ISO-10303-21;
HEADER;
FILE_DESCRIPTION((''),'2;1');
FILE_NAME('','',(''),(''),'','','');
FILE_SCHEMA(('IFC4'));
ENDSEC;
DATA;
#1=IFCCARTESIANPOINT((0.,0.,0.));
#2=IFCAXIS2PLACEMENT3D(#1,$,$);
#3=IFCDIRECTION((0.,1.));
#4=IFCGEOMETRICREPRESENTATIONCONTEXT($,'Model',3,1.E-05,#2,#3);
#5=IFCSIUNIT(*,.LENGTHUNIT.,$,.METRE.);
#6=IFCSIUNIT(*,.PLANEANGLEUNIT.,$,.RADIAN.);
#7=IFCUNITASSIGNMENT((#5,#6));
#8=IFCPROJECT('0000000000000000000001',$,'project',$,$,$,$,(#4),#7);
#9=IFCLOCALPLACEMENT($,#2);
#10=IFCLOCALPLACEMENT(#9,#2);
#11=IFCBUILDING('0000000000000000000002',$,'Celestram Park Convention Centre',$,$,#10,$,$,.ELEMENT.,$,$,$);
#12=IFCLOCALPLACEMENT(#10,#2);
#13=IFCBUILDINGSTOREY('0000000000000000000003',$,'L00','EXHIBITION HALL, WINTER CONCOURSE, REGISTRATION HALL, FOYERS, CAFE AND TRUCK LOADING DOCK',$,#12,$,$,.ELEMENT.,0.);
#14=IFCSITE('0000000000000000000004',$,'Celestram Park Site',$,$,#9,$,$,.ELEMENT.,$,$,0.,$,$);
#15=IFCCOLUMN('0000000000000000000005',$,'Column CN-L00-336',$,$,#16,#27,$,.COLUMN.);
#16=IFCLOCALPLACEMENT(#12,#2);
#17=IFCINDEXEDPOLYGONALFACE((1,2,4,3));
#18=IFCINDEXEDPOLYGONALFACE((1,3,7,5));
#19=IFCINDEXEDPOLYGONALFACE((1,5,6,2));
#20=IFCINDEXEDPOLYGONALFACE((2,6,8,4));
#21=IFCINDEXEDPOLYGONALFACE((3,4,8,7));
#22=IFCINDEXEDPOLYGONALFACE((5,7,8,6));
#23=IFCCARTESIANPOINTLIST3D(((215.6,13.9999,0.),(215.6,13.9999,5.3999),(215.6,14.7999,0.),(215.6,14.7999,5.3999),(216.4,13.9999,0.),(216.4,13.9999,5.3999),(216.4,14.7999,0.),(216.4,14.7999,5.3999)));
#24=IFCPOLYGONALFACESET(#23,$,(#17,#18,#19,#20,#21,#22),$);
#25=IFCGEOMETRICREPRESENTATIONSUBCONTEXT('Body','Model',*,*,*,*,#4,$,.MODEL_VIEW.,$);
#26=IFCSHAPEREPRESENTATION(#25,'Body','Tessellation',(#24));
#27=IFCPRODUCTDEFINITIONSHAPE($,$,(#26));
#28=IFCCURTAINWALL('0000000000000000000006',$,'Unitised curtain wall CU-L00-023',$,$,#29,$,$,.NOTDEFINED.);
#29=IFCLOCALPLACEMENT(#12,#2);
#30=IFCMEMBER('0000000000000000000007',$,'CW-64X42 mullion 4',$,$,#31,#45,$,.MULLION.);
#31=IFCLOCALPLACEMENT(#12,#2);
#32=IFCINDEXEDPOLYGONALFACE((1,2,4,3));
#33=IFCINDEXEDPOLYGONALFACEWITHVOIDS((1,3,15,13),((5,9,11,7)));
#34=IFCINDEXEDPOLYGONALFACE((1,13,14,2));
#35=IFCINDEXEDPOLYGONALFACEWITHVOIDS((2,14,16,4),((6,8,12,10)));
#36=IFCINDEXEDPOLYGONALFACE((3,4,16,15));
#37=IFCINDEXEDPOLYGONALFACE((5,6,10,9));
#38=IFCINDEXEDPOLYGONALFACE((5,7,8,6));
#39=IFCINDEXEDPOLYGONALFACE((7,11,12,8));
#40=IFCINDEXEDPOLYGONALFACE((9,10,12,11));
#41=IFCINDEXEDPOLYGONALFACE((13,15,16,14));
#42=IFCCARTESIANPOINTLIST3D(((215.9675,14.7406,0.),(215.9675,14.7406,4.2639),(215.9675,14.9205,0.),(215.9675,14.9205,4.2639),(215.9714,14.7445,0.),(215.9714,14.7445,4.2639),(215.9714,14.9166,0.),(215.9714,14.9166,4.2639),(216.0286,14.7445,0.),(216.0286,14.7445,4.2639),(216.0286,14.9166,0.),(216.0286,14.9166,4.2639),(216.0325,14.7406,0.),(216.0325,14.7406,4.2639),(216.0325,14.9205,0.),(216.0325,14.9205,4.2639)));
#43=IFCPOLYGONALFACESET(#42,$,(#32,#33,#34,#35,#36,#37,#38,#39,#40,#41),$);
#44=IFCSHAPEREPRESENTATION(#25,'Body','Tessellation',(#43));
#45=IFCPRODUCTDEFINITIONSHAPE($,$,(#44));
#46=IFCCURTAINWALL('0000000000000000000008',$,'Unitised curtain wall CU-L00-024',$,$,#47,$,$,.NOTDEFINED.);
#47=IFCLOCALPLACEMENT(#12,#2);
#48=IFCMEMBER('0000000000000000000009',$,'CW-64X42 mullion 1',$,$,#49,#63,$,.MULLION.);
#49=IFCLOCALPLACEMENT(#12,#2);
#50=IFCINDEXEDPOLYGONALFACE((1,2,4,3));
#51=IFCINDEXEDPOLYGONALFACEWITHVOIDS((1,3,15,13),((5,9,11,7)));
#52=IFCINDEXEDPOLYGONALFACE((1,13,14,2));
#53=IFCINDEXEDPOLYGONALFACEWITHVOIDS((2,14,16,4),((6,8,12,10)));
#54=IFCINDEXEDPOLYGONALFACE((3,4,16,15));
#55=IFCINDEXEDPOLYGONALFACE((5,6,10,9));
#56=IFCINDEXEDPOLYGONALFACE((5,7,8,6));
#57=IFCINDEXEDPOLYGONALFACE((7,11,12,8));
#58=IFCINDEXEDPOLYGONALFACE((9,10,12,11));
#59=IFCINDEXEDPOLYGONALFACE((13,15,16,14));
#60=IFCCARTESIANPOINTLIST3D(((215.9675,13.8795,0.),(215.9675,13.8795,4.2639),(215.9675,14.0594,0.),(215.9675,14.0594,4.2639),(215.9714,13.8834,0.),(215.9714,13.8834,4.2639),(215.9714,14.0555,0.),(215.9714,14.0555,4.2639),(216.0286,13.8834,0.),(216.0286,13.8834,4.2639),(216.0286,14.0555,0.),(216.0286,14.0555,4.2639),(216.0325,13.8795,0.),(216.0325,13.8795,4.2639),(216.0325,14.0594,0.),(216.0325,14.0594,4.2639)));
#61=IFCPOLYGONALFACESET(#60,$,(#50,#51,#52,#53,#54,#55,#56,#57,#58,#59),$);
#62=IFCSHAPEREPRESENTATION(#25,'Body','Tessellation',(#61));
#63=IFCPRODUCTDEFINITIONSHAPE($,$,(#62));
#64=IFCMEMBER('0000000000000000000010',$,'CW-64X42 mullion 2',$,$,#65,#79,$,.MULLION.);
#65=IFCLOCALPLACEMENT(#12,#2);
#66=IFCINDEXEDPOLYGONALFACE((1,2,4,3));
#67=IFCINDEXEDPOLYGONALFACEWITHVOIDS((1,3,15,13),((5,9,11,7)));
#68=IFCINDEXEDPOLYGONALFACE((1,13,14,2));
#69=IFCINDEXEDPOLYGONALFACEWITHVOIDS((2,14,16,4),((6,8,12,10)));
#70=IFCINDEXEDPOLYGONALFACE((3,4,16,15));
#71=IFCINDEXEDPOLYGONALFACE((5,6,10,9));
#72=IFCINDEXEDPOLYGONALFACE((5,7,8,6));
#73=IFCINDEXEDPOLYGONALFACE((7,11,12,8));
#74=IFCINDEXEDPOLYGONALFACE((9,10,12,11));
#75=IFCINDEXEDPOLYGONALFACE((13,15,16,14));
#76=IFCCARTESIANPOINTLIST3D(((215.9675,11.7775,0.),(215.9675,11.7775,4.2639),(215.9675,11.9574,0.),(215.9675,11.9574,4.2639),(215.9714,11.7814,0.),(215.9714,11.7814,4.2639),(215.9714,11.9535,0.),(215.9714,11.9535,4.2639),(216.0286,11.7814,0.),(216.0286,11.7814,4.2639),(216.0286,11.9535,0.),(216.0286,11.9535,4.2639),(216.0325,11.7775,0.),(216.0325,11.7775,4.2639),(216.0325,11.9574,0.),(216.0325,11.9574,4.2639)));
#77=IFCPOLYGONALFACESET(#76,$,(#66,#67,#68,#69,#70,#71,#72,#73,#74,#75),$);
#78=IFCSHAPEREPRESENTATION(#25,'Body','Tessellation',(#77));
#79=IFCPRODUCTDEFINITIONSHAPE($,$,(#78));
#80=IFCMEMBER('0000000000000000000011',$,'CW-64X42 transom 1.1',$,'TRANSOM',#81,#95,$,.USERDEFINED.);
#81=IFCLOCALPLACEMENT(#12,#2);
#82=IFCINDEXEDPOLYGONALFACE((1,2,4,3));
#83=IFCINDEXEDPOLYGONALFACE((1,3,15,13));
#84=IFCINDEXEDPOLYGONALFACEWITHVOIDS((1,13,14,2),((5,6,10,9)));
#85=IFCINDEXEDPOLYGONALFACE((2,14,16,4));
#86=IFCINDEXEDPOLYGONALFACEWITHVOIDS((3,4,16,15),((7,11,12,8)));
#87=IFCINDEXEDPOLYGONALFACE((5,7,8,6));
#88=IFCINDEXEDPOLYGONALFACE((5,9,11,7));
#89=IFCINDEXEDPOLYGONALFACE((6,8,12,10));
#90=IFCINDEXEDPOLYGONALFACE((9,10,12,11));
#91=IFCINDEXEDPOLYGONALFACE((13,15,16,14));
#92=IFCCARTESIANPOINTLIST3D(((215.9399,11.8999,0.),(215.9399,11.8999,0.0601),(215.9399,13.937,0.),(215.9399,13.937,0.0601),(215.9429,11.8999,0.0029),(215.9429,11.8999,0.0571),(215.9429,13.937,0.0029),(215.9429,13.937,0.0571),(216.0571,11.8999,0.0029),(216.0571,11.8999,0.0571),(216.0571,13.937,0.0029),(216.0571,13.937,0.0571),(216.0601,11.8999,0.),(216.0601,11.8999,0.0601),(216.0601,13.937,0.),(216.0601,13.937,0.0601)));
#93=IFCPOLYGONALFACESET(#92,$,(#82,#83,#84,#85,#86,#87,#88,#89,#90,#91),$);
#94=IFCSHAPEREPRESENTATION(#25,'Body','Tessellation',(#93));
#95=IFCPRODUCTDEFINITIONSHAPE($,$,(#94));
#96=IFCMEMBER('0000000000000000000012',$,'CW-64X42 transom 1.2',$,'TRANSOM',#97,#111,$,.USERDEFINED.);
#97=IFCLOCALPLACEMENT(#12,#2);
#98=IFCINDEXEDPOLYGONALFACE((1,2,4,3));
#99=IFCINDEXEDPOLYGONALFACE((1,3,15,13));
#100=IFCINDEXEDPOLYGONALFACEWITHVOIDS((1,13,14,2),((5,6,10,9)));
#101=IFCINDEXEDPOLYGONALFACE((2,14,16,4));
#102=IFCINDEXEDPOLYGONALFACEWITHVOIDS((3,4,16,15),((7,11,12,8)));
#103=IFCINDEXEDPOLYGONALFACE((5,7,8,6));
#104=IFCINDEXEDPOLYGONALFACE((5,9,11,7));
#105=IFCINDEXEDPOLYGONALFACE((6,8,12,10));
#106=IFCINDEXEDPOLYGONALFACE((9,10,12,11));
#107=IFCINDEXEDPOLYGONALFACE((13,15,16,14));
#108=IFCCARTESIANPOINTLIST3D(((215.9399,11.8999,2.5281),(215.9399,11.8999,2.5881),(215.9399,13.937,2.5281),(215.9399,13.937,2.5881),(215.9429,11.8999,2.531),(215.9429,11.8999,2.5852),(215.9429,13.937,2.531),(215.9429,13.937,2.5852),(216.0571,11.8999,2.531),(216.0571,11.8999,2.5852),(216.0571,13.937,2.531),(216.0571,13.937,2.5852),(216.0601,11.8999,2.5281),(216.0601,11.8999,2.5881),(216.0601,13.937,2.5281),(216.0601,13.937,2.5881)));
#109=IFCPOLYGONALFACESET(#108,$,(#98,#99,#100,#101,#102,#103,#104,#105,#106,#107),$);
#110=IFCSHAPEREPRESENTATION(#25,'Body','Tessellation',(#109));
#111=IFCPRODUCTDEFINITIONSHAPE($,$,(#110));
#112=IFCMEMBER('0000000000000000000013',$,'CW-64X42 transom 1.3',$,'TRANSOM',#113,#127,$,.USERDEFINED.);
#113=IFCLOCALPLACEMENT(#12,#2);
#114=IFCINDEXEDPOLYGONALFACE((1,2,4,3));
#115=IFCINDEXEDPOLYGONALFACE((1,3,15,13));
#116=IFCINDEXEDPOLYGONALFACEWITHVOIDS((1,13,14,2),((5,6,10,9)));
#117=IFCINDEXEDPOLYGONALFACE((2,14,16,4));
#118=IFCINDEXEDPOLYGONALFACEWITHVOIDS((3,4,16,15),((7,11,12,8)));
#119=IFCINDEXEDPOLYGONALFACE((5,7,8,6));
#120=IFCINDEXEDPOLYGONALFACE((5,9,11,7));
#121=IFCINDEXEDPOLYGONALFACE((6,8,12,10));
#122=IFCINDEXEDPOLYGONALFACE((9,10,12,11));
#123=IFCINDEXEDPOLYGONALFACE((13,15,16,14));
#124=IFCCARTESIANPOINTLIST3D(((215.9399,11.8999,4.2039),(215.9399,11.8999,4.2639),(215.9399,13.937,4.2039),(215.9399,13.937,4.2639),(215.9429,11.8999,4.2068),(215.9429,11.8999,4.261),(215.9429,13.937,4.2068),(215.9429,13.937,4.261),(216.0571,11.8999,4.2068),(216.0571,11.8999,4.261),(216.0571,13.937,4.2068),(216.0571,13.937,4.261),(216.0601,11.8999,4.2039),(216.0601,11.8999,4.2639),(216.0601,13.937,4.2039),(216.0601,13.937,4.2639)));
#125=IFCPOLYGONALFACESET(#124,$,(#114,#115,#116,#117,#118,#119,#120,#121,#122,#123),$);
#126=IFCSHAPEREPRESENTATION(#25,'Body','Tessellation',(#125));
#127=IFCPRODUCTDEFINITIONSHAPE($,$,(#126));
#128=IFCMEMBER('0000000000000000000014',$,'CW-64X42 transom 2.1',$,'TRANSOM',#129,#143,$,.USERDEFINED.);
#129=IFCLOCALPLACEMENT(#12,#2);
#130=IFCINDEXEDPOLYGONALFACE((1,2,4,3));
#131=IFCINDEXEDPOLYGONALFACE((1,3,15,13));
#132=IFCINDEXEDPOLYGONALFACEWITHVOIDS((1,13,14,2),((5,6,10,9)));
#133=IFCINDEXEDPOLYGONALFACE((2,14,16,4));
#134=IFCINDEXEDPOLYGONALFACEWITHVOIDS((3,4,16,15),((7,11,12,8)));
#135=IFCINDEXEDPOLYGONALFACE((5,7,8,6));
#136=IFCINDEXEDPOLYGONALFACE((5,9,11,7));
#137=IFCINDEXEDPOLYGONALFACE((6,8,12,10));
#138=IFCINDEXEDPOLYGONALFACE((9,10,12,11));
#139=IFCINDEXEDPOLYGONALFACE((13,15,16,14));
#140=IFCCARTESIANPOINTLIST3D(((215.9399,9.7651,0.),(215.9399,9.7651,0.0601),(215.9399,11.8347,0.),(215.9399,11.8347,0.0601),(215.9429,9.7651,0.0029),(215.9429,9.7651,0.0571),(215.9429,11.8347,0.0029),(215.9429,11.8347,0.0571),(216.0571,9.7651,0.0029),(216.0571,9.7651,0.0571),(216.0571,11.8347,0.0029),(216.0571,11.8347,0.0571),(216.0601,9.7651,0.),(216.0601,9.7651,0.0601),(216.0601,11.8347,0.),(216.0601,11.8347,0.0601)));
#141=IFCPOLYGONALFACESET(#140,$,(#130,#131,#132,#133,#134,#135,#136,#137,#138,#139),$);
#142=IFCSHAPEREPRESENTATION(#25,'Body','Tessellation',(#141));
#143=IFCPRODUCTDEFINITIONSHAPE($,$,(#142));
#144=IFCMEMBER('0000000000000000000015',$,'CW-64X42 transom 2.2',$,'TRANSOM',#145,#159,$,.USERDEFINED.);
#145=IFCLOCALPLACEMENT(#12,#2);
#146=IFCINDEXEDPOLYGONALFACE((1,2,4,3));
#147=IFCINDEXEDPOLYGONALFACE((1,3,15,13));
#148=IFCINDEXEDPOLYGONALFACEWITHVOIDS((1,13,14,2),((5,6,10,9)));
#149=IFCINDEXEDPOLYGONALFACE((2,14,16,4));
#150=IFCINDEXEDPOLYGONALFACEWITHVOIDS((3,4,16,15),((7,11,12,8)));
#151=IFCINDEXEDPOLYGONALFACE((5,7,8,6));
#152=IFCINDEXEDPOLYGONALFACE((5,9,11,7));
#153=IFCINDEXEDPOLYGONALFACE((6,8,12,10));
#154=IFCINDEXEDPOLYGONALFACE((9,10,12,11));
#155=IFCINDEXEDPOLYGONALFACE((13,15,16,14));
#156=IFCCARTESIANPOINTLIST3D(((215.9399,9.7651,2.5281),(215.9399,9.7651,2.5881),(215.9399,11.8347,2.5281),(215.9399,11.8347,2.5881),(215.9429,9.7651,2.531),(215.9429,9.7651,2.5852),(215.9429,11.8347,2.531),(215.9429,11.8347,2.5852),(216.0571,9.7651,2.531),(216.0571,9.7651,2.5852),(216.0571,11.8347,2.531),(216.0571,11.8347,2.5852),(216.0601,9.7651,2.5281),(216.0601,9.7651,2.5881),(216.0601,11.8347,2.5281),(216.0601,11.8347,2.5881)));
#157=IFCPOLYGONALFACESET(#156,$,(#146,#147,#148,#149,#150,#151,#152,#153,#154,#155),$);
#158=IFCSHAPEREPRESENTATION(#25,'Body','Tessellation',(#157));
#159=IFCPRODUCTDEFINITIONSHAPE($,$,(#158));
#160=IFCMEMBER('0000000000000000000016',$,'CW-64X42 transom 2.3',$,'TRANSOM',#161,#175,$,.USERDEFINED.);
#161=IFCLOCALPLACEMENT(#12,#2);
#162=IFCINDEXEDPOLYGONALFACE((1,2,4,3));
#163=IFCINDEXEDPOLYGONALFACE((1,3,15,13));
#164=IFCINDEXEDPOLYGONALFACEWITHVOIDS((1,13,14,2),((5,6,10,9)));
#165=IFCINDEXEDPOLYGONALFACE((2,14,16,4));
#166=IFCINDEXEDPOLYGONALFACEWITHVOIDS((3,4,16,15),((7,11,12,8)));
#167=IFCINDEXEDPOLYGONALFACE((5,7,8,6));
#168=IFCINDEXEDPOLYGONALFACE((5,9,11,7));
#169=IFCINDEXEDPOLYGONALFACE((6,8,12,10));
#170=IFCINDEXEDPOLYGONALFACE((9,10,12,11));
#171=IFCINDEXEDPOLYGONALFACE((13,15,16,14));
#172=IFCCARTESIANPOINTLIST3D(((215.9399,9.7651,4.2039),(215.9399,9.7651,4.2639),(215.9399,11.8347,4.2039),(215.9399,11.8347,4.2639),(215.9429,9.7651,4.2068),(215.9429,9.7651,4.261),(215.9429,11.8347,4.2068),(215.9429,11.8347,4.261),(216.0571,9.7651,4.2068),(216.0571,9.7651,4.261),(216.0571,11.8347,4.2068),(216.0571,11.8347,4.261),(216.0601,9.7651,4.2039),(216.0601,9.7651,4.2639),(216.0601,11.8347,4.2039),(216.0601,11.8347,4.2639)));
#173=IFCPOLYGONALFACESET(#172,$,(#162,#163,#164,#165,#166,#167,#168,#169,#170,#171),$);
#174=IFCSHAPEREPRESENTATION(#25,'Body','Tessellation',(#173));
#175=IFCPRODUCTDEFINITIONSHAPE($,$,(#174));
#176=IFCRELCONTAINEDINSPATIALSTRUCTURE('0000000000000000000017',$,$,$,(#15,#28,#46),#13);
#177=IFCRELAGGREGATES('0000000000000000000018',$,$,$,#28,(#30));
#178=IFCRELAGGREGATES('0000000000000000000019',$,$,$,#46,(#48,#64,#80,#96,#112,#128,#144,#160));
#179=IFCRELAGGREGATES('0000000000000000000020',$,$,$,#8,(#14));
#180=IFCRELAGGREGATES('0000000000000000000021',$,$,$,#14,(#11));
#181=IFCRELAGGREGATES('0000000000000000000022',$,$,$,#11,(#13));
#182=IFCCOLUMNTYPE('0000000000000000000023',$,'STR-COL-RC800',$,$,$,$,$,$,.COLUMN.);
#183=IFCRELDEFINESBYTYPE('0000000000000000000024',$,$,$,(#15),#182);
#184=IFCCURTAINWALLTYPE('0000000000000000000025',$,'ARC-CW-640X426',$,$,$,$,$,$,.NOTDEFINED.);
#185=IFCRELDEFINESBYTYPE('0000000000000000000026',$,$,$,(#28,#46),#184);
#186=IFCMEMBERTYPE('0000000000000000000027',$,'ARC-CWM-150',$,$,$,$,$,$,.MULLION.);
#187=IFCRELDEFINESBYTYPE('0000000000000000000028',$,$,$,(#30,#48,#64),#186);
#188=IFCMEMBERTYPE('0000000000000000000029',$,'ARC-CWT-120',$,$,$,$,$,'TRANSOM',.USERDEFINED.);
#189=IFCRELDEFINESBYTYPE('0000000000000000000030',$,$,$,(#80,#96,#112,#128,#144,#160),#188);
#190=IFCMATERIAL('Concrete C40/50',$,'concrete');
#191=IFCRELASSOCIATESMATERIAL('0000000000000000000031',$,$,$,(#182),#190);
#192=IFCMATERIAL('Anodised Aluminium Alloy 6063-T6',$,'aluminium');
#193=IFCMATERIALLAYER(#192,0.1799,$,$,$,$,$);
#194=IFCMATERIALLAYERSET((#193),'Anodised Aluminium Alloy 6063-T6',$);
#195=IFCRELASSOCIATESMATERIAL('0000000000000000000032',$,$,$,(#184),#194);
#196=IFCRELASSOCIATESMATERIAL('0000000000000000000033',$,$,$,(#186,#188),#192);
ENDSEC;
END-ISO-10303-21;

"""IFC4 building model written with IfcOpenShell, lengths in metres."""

from ifc_helpers import new_model, si_unit, direction, frame, origin, origin_2d, place, context, subcontext, project, spatial, rectangle, hollow_rectangle, extrude, material, layer, layer_set, material_profile, profile_set, type_object, element, aggregate, save


model = new_model("IFC4")

# Units and contexts
model_context = context("Model", 3, precision=1e-05, world=origin(), true_north=direction((0.0, 1.0)))
body_context = subcontext(model_context, "Body", "Model", "MODEL_VIEW")
ifc_project = project(units=[si_unit("LENGTHUNIT", "METRE"), si_unit("PLANEANGLEUNIT", "RADIAN")], contexts=[model_context])

# Site, building, storey
site_placement = place(None, origin())
site = spatial("IfcSite", under=ifc_project, at=site_placement, Name="Celestram Park Site", CompositionType="ELEMENT", RefElevation=0.0)
building_placement = place(site_placement, origin())
building = spatial("IfcBuilding", under=site, at=building_placement, Name="Celestram Park Convention Centre", CompositionType="ELEMENT")
storey_placement = place(building_placement, origin())
storey = spatial("IfcBuildingStorey", under=building, at=storey_placement, Name="L00", Description="EXHIBITION HALL, WINTER CONCOURSE, REGISTRATION HALL, FOYERS, CAFE AND TRUCK LOADING DOCK", CompositionType="ELEMENT", Elevation=0.0)

# Column
ifc_material_1 = material(Name="Concrete C40/50", Category="concrete")
ifc_material_profile_1 = material_profile(ifc_material_1, rectangle(XDim=0.8, YDim=0.8, at=origin_2d()), Name="RC800X800")
ifc_profile_set_1 = profile_set([ifc_material_profile_1], Name="Concrete C40/50")
column_type = type_object("IfcColumnType", Name="STR-COL-RC800", PredefinedType="COLUMN", material=ifc_profile_set_1)
column_placement = place(storey_placement, frame((216.0, 14.3999, 0.0), z_axis=(0.0, 0.0, 1.0), x_axis=(1.0, 0.0, 0.0)))
element("IfcColumn", 1, at=column_placement, inside=storey, type_object=column_type, Name="Column CN-L00-336", PredefinedType="COLUMN", context=body_context, shape_type="SweptSolid", body=[
    extrude(rectangle(XDim=0.8, YDim=0.8, at=origin_2d()), origin(), (0.0, 0.0, 1.0), 5.3999),
])

# Curtain wall, member
ifc_material_2 = material(Name="Anodised Aluminium Alloy 6063-T6", Category="aluminium")
ifc_layer_1 = layer(ifc_material_2, 0.1799)
ifc_layer_set_1 = layer_set([ifc_layer_1], Name="Anodised Aluminium Alloy 6063-T6")
curtain_wall_type = type_object("IfcCurtainWallType", Name="ARC-CW-640X426", PredefinedType="NOTDEFINED", material=ifc_layer_set_1)
curtain_wall_1_placement = place(storey_placement, origin())
curtain_wall_1 = element("IfcCurtainWall", 2, at=curtain_wall_1_placement, inside=storey, type_object=curtain_wall_type, Name="Unitised curtain wall CU-L00-023", PredefinedType="NOTDEFINED")
ifc_material_profile_2 = material_profile(ifc_material_2, hollow_rectangle(XDim=0.0649, YDim=0.1799, WallThickness=0.0039, at=origin_2d()), Name="ALU65X180X4")
ifc_profile_set_2 = profile_set([ifc_material_profile_2], Name="Anodised Aluminium Alloy 6063-T6")
member_type_1 = type_object("IfcMemberType", Name="ARC-CWM-150", PredefinedType="MULLION", material=ifc_profile_set_2)
member_1_placement = place(storey_placement, frame((216.0, 14.8306, 0.0), z_axis=(0.0, 0.0, 1.0), x_axis=(1.0, 0.0, 0.0)))
member_1 = element("IfcMember", 3, at=member_1_placement, type_object=member_type_1, Name="CW-64X42 mullion 4", PredefinedType="MULLION", context=body_context, shape_type="SweptSolid", body=[
    extrude(hollow_rectangle(XDim=0.0649, YDim=0.1799, WallThickness=0.0039, at=origin_2d()), origin(), (0.0, 0.0, 1.0), 4.2639),
])
aggregate(curtain_wall_1, [member_1])

# Curtain wall, members
curtain_wall_2_placement = place(storey_placement, origin())
curtain_wall_2 = element("IfcCurtainWall", 4, at=curtain_wall_2_placement, inside=storey, type_object=curtain_wall_type, Name="Unitised curtain wall CU-L00-024", PredefinedType="NOTDEFINED")
member_2_placement = place(storey_placement, frame((216.0, 13.9695, 0.0), z_axis=(0.0, 0.0, 1.0), x_axis=(1.0, 0.0, 0.0)))
member_2 = element("IfcMember", 5, at=member_2_placement, type_object=member_type_1, Name="CW-64X42 mullion 1", PredefinedType="MULLION", context=body_context, shape_type="SweptSolid", body=[
    extrude(hollow_rectangle(XDim=0.0649, YDim=0.1799, WallThickness=0.0039, at=origin_2d()), origin(), (0.0, 0.0, 1.0), 4.2639),
])
member_3_placement = place(storey_placement, frame((216.0, 11.8674, 0.0), z_axis=(0.0, 0.0, 1.0), x_axis=(1.0, 0.0, 0.0)))
member_3 = element("IfcMember", 6, at=member_3_placement, type_object=member_type_1, Name="CW-64X42 mullion 2", PredefinedType="MULLION", context=body_context, shape_type="SweptSolid", body=[
    extrude(hollow_rectangle(XDim=0.0649, YDim=0.1799, WallThickness=0.0039, at=origin_2d()), origin(), (0.0, 0.0, 1.0), 4.2639),
])
ifc_material_profile_3 = material_profile(ifc_material_2, hollow_rectangle(XDim=0.1201, YDim=0.0601, WallThickness=0.0029, at=origin_2d()), Name="ALU120X60X3")
ifc_profile_set_3 = profile_set([ifc_material_profile_3], Name="Anodised Aluminium Alloy 6063-T6")
member_type_2 = type_object("IfcMemberType", Name="ARC-CWT-120", ElementType="TRANSOM", PredefinedType="USERDEFINED", material=ifc_profile_set_3)
member_4_placement = place(storey_placement, frame((216.0, 13.937, 0.03), z_axis=(0.0, -1.0, 0.0), x_axis=(1.0, 0.0, 0.0)))
member_4 = element("IfcMember", 7, at=member_4_placement, type_object=member_type_2, Name="CW-64X42 transom 1.1", ObjectType="TRANSOM", PredefinedType="USERDEFINED", context=body_context, shape_type="SweptSolid", body=[
    extrude(hollow_rectangle(XDim=0.1201, YDim=0.0601, WallThickness=0.0029, at=origin_2d()), origin(), (0.0, 0.0, 1.0), 2.0371),
])
member_5_placement = place(storey_placement, frame((216.0, 13.937, 2.5581), z_axis=(0.0, -1.0, 0.0), x_axis=(1.0, 0.0, 0.0)))
member_5 = element("IfcMember", 8, at=member_5_placement, type_object=member_type_2, Name="CW-64X42 transom 1.2", ObjectType="TRANSOM", PredefinedType="USERDEFINED", context=body_context, shape_type="SweptSolid", body=[
    extrude(hollow_rectangle(XDim=0.1201, YDim=0.0601, WallThickness=0.0029, at=origin_2d()), origin(), (0.0, 0.0, 1.0), 2.0371),
])
member_6_placement = place(storey_placement, frame((216.0, 13.937, 4.2339), z_axis=(0.0, -1.0, 0.0), x_axis=(1.0, 0.0, 0.0)))
member_6 = element("IfcMember", 9, at=member_6_placement, type_object=member_type_2, Name="CW-64X42 transom 1.3", ObjectType="TRANSOM", PredefinedType="USERDEFINED", context=body_context, shape_type="SweptSolid", body=[
    extrude(hollow_rectangle(XDim=0.1201, YDim=0.0601, WallThickness=0.0029, at=origin_2d()), origin(), (0.0, 0.0, 1.0), 2.0371),
])
member_7_placement = place(storey_placement, frame((216.0, 11.8347, 0.03), z_axis=(0.0, -1.0, 0.0), x_axis=(1.0, 0.0, 0.0)))
member_7 = element("IfcMember", 10, at=member_7_placement, type_object=member_type_2, Name="CW-64X42 transom 2.1", ObjectType="TRANSOM", PredefinedType="USERDEFINED", context=body_context, shape_type="SweptSolid", body=[
    extrude(hollow_rectangle(XDim=0.1201, YDim=0.0601, WallThickness=0.0029, at=origin_2d()), origin(), (0.0, 0.0, 1.0), 2.0696),
])
member_8_placement = place(storey_placement, frame((216.0, 11.8347, 2.5581), z_axis=(0.0, -1.0, 0.0), x_axis=(1.0, 0.0, 0.0)))
member_8 = element("IfcMember", 11, at=member_8_placement, type_object=member_type_2, Name="CW-64X42 transom 2.2", ObjectType="TRANSOM", PredefinedType="USERDEFINED", context=body_context, shape_type="SweptSolid", body=[
    extrude(hollow_rectangle(XDim=0.1201, YDim=0.0601, WallThickness=0.0029, at=origin_2d()), origin(), (0.0, 0.0, 1.0), 2.0696),
])
member_9_placement = place(storey_placement, frame((216.0, 11.8347, 4.2339), z_axis=(0.0, -1.0, 0.0), x_axis=(1.0, 0.0, 0.0)))
member_9 = element("IfcMember", 12, at=member_9_placement, type_object=member_type_2, Name="CW-64X42 transom 2.3", ObjectType="TRANSOM", PredefinedType="USERDEFINED", context=body_context, shape_type="SweptSolid", body=[
    extrude(hollow_rectangle(XDim=0.1201, YDim=0.0601, WallThickness=0.0029, at=origin_2d()), origin(), (0.0, 0.0, 1.0), 2.0696),
])

aggregate(curtain_wall_2, [member_2, member_3, member_4, member_5, member_6, member_7, member_8, member_9])

save(model, "model.ifc")
